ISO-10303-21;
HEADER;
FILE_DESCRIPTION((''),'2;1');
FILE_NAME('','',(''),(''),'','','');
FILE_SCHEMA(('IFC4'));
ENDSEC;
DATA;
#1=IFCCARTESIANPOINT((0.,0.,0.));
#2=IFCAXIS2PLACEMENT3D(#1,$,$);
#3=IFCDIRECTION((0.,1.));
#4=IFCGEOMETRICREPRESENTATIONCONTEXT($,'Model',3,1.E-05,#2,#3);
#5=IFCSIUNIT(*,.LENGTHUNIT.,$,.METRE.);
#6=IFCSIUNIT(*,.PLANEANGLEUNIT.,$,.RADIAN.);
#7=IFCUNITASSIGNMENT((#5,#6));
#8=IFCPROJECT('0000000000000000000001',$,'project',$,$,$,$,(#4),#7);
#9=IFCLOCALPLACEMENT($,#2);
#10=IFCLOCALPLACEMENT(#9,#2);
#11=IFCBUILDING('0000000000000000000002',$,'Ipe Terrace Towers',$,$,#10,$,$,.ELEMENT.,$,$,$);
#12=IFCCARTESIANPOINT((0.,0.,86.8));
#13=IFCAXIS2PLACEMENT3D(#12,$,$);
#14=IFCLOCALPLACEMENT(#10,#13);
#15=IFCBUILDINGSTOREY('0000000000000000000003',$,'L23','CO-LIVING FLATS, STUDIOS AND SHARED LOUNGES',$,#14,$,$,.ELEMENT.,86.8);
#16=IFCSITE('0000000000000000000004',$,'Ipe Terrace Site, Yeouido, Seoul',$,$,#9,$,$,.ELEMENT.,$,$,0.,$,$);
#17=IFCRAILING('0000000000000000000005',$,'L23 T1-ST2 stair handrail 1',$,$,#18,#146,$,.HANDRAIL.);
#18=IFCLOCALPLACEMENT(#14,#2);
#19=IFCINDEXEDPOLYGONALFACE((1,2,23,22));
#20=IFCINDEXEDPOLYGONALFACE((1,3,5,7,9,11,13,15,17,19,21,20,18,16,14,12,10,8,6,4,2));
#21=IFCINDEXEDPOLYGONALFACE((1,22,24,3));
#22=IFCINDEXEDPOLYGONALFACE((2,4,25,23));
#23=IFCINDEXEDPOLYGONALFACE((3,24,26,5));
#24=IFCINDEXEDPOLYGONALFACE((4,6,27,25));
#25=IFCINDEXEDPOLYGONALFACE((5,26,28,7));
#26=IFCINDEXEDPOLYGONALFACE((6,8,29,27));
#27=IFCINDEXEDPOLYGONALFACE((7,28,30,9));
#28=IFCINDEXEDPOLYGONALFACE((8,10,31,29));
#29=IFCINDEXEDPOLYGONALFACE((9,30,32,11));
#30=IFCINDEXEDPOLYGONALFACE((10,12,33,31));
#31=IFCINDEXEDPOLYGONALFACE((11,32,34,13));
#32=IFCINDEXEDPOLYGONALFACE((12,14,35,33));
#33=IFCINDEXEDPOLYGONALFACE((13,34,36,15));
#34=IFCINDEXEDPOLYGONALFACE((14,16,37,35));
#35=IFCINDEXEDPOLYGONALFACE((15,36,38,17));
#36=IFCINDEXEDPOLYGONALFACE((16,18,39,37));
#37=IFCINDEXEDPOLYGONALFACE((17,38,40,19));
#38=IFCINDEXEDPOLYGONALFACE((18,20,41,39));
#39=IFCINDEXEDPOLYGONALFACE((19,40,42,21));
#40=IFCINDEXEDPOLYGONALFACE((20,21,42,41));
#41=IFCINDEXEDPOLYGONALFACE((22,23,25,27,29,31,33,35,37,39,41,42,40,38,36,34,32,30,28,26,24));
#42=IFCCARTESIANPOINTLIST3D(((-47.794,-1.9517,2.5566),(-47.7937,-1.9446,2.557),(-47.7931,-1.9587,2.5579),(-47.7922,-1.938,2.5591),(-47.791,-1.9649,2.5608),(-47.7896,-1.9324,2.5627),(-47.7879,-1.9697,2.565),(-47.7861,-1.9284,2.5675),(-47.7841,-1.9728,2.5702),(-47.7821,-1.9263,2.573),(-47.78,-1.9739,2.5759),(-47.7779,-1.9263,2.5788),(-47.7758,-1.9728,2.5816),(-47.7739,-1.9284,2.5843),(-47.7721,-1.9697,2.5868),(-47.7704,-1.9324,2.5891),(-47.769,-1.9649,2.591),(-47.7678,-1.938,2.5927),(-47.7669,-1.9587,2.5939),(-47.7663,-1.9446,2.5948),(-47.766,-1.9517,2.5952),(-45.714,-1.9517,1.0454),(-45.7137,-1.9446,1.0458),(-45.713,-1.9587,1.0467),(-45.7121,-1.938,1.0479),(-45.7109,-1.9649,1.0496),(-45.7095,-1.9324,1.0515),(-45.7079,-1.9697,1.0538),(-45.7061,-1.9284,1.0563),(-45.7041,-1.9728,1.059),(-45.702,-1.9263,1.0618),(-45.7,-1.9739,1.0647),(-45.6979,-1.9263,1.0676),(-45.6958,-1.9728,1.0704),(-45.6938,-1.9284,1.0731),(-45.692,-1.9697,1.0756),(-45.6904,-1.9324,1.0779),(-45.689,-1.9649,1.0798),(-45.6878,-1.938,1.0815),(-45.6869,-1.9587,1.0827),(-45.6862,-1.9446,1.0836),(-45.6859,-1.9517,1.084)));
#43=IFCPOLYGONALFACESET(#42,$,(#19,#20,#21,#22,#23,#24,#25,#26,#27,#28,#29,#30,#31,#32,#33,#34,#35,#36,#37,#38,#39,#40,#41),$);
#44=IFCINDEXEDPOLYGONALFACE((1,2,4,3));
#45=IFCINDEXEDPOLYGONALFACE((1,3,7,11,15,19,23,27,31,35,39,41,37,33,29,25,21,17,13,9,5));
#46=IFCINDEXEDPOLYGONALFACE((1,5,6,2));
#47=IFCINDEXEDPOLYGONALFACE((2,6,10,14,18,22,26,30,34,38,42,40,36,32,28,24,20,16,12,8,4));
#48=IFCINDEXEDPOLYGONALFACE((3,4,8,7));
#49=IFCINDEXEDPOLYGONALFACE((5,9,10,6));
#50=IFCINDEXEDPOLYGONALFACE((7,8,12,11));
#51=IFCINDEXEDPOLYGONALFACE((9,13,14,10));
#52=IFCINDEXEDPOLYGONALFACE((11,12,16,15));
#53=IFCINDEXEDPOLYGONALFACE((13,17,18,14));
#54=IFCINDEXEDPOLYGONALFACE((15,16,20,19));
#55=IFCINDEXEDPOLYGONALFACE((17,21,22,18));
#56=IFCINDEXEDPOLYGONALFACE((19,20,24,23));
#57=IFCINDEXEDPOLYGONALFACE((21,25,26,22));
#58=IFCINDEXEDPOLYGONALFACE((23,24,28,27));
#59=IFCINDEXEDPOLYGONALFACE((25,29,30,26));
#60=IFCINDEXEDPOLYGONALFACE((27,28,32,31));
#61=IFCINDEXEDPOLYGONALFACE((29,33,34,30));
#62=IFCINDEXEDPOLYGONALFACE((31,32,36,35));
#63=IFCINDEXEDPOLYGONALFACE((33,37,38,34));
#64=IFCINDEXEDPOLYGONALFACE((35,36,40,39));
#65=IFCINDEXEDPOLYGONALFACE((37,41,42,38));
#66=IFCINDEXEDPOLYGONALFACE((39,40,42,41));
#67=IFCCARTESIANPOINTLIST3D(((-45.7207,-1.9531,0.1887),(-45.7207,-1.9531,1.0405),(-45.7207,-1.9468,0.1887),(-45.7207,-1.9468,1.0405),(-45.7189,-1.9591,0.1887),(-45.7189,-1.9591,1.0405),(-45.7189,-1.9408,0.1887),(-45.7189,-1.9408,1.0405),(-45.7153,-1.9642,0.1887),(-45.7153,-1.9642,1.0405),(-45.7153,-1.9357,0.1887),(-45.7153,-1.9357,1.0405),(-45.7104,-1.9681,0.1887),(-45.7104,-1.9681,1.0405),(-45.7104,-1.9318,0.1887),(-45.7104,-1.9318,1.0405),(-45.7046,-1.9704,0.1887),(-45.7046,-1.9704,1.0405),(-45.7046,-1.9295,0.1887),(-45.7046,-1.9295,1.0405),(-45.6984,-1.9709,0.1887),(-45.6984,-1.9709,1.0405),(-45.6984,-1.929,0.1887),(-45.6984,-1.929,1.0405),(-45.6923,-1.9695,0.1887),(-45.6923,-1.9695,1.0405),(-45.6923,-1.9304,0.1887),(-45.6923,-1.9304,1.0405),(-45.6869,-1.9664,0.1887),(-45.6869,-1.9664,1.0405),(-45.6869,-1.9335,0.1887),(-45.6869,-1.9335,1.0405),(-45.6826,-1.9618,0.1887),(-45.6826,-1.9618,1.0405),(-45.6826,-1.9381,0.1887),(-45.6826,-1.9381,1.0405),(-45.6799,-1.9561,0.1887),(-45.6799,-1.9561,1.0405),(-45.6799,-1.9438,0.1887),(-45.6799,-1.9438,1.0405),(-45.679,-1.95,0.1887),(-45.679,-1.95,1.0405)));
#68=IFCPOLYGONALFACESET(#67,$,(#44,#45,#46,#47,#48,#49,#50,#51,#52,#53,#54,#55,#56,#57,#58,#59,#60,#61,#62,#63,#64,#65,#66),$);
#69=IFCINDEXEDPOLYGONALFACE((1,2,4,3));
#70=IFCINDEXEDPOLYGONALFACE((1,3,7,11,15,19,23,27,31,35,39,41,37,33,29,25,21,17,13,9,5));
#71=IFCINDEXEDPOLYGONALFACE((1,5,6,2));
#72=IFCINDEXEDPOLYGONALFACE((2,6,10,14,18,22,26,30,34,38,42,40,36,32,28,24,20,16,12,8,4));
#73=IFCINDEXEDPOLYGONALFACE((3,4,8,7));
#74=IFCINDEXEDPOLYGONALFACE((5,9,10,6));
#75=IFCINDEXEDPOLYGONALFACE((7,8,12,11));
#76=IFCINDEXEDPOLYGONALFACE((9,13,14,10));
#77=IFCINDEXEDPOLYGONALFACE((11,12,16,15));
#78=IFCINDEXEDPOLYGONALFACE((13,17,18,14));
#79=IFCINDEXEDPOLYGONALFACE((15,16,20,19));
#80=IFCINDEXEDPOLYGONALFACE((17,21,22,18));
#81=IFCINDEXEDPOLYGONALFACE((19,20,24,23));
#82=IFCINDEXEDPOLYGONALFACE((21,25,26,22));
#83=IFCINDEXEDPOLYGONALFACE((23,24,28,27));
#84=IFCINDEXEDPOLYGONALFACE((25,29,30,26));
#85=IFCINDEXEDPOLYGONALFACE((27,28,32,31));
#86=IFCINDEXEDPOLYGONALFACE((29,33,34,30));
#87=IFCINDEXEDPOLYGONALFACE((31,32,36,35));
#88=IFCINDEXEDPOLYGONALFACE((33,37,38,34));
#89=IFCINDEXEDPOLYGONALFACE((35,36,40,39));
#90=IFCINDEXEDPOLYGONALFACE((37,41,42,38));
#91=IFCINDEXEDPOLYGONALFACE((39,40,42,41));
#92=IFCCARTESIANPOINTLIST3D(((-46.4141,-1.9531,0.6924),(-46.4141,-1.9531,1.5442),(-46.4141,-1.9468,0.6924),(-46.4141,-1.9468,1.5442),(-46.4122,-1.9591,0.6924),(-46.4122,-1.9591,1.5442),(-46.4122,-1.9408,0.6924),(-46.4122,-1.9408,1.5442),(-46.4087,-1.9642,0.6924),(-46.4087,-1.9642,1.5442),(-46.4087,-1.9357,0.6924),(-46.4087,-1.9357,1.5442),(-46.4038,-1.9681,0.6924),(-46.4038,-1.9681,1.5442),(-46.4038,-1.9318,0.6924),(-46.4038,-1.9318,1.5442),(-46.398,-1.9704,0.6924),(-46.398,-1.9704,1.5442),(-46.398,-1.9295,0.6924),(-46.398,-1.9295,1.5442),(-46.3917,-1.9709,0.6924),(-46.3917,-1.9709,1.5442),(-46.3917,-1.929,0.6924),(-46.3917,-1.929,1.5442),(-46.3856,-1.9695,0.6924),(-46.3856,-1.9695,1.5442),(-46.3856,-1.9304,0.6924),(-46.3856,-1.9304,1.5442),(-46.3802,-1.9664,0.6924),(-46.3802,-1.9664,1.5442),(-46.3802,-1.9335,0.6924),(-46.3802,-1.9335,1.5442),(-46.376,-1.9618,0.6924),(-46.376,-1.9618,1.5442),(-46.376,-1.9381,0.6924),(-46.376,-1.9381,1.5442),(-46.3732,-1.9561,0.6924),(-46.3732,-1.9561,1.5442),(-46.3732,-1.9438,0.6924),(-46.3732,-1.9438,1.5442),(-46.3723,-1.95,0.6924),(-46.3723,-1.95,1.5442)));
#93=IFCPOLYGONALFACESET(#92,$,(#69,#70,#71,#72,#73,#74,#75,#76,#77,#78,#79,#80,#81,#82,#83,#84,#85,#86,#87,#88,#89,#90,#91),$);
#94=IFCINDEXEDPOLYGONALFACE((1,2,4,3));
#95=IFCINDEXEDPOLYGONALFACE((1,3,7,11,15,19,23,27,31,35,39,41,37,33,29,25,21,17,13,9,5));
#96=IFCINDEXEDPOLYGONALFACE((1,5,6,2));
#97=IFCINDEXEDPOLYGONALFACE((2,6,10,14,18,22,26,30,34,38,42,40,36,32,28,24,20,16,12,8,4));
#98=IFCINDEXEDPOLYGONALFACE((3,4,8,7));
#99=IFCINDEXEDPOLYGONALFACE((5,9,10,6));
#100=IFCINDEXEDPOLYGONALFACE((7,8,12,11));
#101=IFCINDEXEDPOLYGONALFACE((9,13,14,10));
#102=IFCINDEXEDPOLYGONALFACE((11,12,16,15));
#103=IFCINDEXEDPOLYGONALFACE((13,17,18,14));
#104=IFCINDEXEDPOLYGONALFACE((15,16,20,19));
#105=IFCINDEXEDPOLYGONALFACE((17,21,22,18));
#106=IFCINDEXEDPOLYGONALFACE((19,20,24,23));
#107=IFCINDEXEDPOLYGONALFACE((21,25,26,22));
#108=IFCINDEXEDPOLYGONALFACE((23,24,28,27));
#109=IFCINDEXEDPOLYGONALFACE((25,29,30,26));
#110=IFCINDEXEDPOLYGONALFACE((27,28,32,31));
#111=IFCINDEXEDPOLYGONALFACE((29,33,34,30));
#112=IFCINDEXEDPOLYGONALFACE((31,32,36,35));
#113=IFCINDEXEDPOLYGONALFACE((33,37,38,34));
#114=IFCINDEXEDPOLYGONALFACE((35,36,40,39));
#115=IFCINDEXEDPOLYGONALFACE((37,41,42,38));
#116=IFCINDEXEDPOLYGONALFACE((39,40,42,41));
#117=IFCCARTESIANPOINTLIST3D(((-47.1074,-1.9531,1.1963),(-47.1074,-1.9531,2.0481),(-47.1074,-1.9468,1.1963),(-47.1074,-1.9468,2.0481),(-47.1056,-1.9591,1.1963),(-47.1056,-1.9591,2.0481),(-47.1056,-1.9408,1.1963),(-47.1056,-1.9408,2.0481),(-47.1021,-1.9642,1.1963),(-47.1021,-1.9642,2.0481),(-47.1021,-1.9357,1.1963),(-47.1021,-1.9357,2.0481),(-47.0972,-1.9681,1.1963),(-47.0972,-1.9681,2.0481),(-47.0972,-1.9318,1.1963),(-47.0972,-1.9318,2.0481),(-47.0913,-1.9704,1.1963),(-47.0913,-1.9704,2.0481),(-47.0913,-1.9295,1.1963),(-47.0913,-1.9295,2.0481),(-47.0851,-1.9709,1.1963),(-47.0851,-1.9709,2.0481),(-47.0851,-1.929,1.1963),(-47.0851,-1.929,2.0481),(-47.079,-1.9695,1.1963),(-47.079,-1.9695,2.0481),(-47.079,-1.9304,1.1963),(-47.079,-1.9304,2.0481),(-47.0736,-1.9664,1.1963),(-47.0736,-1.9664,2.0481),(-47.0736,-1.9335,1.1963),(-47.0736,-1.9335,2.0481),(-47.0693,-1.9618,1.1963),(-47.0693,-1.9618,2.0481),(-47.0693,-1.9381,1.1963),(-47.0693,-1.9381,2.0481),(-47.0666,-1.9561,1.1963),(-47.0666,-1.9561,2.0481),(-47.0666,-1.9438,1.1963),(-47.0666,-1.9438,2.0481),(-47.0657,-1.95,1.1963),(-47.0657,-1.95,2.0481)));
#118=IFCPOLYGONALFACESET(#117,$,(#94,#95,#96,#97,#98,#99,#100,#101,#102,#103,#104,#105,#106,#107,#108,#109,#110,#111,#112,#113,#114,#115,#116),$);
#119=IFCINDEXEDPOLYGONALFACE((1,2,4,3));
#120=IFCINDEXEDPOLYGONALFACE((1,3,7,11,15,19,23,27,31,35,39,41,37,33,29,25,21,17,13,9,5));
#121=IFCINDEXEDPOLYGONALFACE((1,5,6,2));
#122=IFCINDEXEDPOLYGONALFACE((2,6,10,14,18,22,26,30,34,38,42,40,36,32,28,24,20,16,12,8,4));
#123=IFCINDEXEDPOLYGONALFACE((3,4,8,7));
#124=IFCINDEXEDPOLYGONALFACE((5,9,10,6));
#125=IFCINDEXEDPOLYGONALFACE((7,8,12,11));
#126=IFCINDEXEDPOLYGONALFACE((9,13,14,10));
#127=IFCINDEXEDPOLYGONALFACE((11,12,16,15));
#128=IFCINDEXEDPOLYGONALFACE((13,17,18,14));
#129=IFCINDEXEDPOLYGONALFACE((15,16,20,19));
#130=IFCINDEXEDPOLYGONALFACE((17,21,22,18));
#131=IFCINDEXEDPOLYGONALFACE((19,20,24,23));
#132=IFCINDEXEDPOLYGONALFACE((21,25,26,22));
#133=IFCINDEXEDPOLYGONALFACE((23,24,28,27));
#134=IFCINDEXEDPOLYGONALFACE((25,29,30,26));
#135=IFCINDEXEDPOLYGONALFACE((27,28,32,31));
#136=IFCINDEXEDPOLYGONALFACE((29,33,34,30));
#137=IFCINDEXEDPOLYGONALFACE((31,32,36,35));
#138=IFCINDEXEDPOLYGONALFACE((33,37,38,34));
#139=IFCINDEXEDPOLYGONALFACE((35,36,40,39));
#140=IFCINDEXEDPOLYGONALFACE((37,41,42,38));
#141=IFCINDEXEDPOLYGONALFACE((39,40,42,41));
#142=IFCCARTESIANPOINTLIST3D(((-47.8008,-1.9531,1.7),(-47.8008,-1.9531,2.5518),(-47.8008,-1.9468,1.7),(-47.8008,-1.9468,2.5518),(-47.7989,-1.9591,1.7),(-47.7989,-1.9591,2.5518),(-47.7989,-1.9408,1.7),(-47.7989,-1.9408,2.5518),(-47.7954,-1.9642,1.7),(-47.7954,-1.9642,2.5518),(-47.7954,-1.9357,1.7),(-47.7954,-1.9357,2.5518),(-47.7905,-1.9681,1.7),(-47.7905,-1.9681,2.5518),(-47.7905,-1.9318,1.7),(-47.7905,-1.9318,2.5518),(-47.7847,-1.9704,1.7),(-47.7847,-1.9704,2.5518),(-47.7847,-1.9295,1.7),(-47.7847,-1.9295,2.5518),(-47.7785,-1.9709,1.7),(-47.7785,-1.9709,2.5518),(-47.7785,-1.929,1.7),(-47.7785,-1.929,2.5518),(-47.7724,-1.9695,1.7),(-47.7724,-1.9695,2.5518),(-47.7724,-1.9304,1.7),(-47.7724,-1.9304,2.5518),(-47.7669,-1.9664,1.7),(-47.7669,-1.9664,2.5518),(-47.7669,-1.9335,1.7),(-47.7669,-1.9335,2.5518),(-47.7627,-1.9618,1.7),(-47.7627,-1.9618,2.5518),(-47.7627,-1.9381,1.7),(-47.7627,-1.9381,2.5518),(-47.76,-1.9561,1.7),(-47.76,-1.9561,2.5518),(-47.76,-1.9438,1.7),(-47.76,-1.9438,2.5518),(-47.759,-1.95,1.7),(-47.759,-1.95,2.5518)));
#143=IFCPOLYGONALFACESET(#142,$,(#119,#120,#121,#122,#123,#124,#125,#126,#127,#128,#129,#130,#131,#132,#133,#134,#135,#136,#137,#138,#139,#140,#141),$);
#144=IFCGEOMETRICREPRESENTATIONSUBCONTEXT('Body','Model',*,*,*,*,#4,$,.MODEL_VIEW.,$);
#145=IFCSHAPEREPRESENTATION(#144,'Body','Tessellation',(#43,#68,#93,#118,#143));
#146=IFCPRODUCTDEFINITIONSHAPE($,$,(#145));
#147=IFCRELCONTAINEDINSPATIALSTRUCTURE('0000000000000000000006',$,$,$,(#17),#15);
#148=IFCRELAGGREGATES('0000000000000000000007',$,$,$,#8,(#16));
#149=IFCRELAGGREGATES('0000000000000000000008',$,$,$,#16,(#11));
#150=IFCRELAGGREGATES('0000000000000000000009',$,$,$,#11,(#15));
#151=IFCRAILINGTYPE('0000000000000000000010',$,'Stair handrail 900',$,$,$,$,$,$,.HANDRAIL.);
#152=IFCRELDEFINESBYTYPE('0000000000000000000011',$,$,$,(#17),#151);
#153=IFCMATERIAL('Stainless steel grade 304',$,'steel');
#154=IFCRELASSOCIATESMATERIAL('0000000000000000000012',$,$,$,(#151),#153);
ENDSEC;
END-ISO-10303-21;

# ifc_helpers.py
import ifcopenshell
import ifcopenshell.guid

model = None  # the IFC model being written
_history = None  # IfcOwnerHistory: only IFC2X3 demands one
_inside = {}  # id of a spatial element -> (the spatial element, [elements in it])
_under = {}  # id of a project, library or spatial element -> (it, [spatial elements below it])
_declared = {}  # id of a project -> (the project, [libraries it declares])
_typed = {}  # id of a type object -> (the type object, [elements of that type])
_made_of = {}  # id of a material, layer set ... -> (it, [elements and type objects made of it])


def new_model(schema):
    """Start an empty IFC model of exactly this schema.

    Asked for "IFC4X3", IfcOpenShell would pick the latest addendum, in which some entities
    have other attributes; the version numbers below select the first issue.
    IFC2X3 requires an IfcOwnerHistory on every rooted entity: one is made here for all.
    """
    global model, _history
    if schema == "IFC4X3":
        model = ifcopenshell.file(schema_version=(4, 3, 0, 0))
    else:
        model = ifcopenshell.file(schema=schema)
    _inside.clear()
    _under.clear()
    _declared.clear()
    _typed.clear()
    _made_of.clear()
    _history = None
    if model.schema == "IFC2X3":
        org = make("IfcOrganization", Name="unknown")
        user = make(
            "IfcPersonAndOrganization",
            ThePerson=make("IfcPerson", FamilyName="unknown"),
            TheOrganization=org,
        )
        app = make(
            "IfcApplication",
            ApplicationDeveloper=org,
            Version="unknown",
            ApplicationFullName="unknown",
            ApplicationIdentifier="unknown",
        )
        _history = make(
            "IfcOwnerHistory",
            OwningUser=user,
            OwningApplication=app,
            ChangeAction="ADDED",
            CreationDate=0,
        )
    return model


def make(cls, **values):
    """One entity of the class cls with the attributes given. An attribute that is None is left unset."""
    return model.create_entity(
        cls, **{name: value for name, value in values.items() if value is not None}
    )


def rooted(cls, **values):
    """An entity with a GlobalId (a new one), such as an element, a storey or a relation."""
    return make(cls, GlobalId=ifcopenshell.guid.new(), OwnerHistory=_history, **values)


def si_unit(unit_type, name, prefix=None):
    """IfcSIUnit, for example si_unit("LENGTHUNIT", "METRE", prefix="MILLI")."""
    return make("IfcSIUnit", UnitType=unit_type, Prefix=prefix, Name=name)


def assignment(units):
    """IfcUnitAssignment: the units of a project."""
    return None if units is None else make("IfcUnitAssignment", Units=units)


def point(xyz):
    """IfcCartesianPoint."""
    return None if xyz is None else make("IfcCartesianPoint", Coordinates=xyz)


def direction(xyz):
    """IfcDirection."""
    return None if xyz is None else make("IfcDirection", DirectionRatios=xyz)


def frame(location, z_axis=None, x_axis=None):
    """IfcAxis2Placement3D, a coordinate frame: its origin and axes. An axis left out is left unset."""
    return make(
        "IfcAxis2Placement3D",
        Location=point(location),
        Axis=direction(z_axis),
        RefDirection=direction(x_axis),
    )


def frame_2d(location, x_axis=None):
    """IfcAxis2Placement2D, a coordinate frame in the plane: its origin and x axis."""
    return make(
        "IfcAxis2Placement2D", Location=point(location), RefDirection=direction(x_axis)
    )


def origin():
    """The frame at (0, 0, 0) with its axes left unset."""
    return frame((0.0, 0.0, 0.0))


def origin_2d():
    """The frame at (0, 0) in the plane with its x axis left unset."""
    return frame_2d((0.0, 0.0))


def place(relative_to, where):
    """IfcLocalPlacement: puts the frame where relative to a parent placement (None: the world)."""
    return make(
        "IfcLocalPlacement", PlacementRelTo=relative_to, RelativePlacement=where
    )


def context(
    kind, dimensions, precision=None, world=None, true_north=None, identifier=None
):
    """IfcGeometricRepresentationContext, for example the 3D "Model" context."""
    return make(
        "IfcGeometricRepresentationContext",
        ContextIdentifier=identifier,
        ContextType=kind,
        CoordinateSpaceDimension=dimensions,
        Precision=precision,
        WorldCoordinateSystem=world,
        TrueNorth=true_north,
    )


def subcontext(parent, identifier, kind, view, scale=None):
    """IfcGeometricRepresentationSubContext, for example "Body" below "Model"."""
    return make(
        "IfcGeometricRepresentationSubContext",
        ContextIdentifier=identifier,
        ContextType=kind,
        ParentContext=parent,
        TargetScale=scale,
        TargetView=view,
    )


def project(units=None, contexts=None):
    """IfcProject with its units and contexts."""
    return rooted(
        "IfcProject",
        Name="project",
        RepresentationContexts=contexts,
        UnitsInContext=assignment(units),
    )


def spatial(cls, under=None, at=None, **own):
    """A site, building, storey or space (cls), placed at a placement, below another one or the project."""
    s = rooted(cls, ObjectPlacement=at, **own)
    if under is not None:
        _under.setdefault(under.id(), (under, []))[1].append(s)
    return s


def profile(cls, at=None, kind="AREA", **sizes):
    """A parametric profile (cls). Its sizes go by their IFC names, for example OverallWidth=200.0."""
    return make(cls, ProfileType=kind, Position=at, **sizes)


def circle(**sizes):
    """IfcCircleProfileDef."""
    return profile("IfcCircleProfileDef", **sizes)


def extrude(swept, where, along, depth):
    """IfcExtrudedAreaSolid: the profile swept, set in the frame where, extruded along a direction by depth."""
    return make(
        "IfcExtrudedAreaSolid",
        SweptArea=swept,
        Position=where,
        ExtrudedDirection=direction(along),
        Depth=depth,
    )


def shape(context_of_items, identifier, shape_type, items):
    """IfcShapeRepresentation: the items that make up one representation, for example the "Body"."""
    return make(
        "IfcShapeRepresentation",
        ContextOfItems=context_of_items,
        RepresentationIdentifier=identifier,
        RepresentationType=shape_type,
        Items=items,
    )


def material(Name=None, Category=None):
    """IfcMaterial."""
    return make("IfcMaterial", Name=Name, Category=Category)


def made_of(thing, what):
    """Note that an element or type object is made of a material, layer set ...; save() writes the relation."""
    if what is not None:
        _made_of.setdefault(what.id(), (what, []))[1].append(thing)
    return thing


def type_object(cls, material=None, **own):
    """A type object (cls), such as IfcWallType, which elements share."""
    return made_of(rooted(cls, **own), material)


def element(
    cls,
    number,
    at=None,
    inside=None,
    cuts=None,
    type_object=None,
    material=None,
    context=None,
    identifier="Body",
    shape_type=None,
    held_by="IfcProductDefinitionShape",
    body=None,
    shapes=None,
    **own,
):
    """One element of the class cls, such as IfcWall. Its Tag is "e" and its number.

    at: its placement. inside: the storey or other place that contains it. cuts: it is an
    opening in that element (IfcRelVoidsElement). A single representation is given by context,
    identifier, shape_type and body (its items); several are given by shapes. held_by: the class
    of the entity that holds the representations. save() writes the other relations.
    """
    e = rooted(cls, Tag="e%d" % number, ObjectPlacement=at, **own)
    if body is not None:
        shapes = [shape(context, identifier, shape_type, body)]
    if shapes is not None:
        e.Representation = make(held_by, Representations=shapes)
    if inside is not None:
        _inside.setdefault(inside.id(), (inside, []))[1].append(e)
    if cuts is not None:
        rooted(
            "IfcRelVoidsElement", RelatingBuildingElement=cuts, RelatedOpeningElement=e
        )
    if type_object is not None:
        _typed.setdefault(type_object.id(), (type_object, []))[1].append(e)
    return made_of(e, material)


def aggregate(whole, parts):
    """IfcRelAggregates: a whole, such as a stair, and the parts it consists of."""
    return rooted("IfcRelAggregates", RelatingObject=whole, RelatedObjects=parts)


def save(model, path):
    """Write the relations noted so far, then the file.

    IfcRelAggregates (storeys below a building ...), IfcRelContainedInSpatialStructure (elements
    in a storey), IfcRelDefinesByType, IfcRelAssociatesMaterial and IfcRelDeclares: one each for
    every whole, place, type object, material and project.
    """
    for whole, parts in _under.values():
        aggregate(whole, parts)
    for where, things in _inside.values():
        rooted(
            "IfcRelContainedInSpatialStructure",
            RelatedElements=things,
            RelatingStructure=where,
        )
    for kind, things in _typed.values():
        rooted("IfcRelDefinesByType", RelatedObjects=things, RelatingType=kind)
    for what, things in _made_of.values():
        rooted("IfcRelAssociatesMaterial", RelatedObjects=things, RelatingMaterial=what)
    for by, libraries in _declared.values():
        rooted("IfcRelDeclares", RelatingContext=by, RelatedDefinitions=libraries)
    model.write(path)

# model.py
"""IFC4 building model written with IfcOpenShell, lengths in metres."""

from ifc_helpers import new_model, si_unit, direction, frame, origin, origin_2d, place, context, subcontext, project, spatial, circle, extrude, material, type_object, element, save


model = new_model("IFC4")

# Units and contexts
model_context = context("Model", 3, precision=1e-05, world=origin(), true_north=direction((0.0, 1.0)))
body_context = subcontext(model_context, "Body", "Model", "MODEL_VIEW")
ifc_project = project(units=[si_unit("LENGTHUNIT", "METRE"), si_unit("PLANEANGLEUNIT", "RADIAN")], contexts=[model_context])

# Site, building, storey
site_placement = place(None, origin())
site = spatial("IfcSite", under=ifc_project, at=site_placement, Name="Ipe Terrace Site, Yeouido, Seoul", CompositionType="ELEMENT", RefElevation=0.0)
building_placement = place(site_placement, origin())
building = spatial("IfcBuilding", under=site, at=building_placement, Name="Ipe Terrace Towers", CompositionType="ELEMENT")
storey_placement = place(building_placement, frame((0.0, 0.0, 86.8)))
storey = spatial("IfcBuildingStorey", under=building, at=storey_placement, Name="L23", Description="CO-LIVING FLATS, STUDIOS AND SHARED LOUNGES", CompositionType="ELEMENT", Elevation=86.8)

# Railing
ifc_material_1 = material(Name="Stainless steel grade 304", Category="steel")
railing_type_1 = type_object("IfcRailingType", Name="Stair handrail 900", PredefinedType="HANDRAIL", material=ifc_material_1)
railing_1_placement = place(storey_placement, frame((-45.7, -1.95, 0.1887)))
element("IfcRailing", 1, at=railing_1_placement, inside=storey, type_object=railing_type_1, Name="L23 T1-ST2 stair handrail 1", PredefinedType="HANDRAIL", context=body_context, shape_type="SweptSolid", body=[
    extrude(circle(Radius=0.0239, at=origin_2d()), frame((0.0, 0.0, 0.876), z_axis=(-0.809023, 0.0, 0.587776), x_axis=(0.0, -1.0, 0.0)), (0.0, 0.0, 1.0), 2.571),
    extrude(circle(Radius=0.021, at=origin_2d()), origin(), (0.0, 0.0, 1.0), 0.8518),
    extrude(circle(Radius=0.021, at=origin_2d()), frame((-0.6934, 0.0, 0.5037)), (0.0, 0.0, 1.0), 0.8518),
    extrude(circle(Radius=0.021, at=origin_2d()), frame((-1.3867, 0.0, 1.0076)), (0.0, 0.0, 1.0), 0.8518),
    extrude(circle(Radius=0.021, at=origin_2d()), frame((-2.0801, 0.0, 1.5112)), (0.0, 0.0, 1.0), 0.8518),
])

save(model, "model.ifc")
